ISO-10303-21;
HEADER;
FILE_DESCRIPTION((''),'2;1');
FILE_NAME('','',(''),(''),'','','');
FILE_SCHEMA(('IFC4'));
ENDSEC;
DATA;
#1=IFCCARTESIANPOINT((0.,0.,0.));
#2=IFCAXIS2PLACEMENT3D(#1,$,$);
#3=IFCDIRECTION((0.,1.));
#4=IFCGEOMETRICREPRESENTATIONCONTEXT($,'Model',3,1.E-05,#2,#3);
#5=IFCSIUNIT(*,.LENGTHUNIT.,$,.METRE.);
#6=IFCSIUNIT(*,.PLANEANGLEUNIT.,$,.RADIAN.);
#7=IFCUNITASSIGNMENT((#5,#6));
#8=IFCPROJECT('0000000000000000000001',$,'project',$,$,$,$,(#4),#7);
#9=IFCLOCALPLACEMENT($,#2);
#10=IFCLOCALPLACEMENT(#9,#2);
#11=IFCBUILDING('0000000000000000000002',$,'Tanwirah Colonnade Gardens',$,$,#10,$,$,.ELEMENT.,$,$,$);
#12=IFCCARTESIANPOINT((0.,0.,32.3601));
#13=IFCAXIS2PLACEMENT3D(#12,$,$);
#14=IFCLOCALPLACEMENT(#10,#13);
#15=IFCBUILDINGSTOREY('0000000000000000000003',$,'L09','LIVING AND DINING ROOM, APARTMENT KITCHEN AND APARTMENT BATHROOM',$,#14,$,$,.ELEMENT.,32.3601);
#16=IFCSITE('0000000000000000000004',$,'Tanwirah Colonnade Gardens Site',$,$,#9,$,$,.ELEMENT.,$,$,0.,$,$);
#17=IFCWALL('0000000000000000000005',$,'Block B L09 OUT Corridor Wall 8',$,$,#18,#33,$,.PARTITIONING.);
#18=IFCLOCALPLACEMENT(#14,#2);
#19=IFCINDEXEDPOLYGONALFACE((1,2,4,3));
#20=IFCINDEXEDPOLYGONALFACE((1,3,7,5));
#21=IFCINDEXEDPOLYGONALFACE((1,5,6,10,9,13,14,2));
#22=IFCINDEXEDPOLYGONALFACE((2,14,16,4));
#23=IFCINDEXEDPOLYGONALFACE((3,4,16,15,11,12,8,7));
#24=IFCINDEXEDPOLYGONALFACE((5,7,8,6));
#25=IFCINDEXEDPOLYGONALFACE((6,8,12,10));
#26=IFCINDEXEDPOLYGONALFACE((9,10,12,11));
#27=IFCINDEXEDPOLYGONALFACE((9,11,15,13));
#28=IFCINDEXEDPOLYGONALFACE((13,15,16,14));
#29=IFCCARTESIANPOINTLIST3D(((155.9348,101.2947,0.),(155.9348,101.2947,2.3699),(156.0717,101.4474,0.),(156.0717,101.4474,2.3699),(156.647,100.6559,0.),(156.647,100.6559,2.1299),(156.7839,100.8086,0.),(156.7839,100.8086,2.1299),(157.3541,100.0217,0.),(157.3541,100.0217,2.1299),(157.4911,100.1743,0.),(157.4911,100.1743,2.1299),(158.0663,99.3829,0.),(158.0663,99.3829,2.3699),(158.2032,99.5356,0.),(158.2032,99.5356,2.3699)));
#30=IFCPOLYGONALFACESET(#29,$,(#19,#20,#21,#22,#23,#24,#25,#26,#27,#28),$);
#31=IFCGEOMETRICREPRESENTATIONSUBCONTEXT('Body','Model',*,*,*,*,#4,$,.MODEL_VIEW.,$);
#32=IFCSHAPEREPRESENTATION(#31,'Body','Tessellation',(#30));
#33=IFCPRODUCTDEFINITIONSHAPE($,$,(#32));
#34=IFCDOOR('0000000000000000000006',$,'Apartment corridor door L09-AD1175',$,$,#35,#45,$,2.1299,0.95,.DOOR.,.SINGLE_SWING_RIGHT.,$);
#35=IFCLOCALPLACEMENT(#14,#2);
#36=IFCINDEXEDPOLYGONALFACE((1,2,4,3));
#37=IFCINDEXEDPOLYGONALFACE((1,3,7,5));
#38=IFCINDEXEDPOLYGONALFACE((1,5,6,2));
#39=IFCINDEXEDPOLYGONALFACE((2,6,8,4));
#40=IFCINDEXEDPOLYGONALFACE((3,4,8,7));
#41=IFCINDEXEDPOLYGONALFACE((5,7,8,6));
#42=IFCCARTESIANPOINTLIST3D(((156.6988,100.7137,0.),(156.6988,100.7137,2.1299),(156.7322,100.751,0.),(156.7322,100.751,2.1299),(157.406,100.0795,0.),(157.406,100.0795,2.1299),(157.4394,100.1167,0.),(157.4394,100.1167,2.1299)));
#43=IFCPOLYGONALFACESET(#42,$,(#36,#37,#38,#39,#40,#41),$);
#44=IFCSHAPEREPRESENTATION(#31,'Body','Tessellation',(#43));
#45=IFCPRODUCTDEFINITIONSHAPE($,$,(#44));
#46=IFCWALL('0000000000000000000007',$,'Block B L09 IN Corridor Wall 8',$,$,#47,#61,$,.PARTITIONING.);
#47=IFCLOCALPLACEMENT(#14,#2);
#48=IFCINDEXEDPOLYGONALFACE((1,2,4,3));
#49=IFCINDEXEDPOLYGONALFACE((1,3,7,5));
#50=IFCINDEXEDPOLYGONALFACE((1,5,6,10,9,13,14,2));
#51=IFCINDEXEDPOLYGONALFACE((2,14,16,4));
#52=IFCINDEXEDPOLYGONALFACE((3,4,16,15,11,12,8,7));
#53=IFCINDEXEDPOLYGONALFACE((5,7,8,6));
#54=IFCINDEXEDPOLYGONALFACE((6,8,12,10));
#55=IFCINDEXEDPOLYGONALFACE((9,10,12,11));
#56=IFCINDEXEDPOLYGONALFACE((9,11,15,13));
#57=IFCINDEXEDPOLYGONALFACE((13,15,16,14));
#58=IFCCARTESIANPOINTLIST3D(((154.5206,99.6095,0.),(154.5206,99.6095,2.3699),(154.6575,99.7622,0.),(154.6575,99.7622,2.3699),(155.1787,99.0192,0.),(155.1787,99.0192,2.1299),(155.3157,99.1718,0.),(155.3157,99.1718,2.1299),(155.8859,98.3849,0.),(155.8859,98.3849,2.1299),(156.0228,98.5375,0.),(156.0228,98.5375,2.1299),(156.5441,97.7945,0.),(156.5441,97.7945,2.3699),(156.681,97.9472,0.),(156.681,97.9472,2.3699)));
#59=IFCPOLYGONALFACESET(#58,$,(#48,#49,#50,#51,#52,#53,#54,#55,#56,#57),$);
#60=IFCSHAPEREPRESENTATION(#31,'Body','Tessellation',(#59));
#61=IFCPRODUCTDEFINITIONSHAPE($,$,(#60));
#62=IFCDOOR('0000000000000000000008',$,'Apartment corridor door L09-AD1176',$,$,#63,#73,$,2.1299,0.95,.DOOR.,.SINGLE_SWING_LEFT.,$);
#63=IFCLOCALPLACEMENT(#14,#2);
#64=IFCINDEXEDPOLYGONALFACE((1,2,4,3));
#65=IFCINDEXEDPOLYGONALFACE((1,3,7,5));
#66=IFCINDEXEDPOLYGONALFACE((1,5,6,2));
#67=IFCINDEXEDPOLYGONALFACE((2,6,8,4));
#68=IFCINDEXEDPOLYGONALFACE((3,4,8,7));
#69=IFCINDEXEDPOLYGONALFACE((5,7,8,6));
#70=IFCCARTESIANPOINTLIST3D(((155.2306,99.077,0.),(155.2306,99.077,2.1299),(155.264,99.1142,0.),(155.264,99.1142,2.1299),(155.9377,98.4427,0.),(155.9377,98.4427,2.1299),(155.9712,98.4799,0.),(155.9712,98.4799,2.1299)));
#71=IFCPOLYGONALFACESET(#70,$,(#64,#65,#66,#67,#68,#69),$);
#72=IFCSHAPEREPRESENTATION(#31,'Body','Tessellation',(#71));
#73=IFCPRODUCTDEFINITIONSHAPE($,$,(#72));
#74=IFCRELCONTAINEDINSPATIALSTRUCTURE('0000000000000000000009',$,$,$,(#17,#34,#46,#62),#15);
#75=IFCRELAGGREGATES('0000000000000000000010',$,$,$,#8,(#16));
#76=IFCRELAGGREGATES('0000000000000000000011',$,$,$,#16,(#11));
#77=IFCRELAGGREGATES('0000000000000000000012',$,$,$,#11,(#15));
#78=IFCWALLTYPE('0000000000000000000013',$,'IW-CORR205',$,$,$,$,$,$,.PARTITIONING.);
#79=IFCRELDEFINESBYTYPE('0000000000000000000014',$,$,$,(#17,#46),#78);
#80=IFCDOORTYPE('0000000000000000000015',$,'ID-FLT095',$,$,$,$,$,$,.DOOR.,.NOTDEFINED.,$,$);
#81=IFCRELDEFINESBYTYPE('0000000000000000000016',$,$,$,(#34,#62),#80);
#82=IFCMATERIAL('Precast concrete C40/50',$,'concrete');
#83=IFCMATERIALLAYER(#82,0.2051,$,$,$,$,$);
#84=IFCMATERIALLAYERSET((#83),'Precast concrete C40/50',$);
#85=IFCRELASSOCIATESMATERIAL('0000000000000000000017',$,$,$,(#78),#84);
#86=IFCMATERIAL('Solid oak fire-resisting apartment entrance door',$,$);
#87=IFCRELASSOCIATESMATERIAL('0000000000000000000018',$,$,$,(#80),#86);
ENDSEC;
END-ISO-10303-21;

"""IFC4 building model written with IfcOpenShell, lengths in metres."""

from ifc_helpers import new_model, si_unit, direction, frame, frame_2d, origin, place, context, subcontext, project, spatial, rectangle, extrude, material, layer, layer_set, type_object, element, fill, save


model = new_model("IFC4")

# Units and contexts
model_context = context("Model", 3, precision=1e-05, world=origin(), true_north=direction((0.0, 1.0)))
body_context = subcontext(model_context, "Body", "Model", "MODEL_VIEW")
ifc_project = project(units=[si_unit("LENGTHUNIT", "METRE"), si_unit("PLANEANGLEUNIT", "RADIAN")], contexts=[model_context])

# Site, building, storey
site_placement = place(None, origin())
site = spatial("IfcSite", under=ifc_project, at=site_placement, Name="Tanwirah Colonnade Gardens Site", CompositionType="ELEMENT", RefElevation=0.0)
building_placement = place(site_placement, origin())
building = spatial("IfcBuilding", under=site, at=building_placement, Name="Tanwirah Colonnade Gardens", CompositionType="ELEMENT")
storey_placement = place(building_placement, frame((0.0, 0.0, 32.3601)))
storey = spatial("IfcBuildingStorey", under=building, at=storey_placement, Name="L09", Description="LIVING AND DINING ROOM, APARTMENT KITCHEN AND APARTMENT BATHROOM", CompositionType="ELEMENT", Elevation=32.3601)

# Shared definitions
ifc_material_1 = material(Name="Precast concrete C40/50", Category="concrete")

# Walls, openings, doors
ifc_layer = layer(ifc_material_1, 0.2051)
ifc_layer_set = layer_set([ifc_layer], Name="Precast concrete C40/50")
wall_type = type_object("IfcWallType", Name="IW-CORR205", PredefinedType="PARTITIONING", material=ifc_layer_set)
ifc_material_2 = material(Name="Solid oak fire-resisting apartment entrance door")
wall_1_placement = place(storey_placement, frame((158.1348, 99.4592, 0.0), z_axis=(0.0, 0.0, 1.0), x_axis=(-0.744434, 0.667697, 0.0)))
wall_1 = element("IfcWall", 1, at=wall_1_placement, inside=storey, type_object=wall_type, Name="Block B L09 OUT Corridor Wall 8", PredefinedType="PARTITIONING", context=body_context, shape_type="SweptSolid", body=[
    extrude(rectangle(XDim=2.8633, YDim=0.2051, at=frame_2d((1.4316, 0.0))), origin(), (0.0, 0.0, 1.0), 2.3699),
])
opening_1_placement = place(wall_1_placement, frame((0.9565, 0.0, 0.0)))
opening_1 = element("IfcOpeningElement", 2, at=opening_1_placement, cuts=wall_1, PredefinedType="OPENING", context=body_context, shape_type="SweptSolid", body=[
    extrude(rectangle(XDim=0.95, YDim=2.1299, at=frame_2d((0.4751, 1.0649))), frame((0.0, 0.1125, 0.0), z_axis=(0.0, -1.0, 0.0), x_axis=(1.0, 0.0, 0.0)), (0.0, 0.0, 1.0), 0.2251),
])
door_type_1 = type_object("IfcDoorType", Name="ID-FLT095", OperationType="NOTDEFINED", PredefinedType="DOOR", material=ifc_material_2)
door_1_placement = place(opening_1_placement, origin())
door_1 = element("IfcDoor", 3, at=door_1_placement, inside=storey, type_object=door_type_1, Name="Apartment corridor door L09-AD1175", OperationType="SINGLE_SWING_RIGHT", OverallHeight=2.1299, OverallWidth=0.95, PredefinedType="DOOR", context=body_context, shape_type="SweptSolid", body=[
    extrude(rectangle(XDim=0.95, YDim=2.1299, at=frame_2d((0.4751, 1.0649))), frame((0.0, 0.0249, 0.0), z_axis=(0.0, -1.0, 0.0), x_axis=(1.0, 0.0, 0.0)), (0.0, 0.0, 1.0), 0.05),
])
fill(opening_1, door_1)
wall_2_placement = place(storey_placement, frame((156.6125, 97.8708, 0.0), z_axis=(0.0, 0.0, 1.0), x_axis=(-0.744419, 0.667713, 0.0)))
wall_2 = element("IfcWall", 4, at=wall_2_placement, inside=storey, type_object=wall_type, Name="Block B L09 IN Corridor Wall 8", PredefinedType="PARTITIONING", context=body_context, shape_type="SweptSolid", body=[
    extrude(rectangle(XDim=2.7183, YDim=0.2051, at=frame_2d((1.3591, 0.0))), origin(), (0.0, 0.0, 1.0), 2.3699),
])
opening_2_placement = place(wall_2_placement, frame((0.884, 0.0, 0.0)))
opening_2 = element("IfcOpeningElement", 5, at=opening_2_placement, cuts=wall_2, PredefinedType="OPENING", context=body_context, shape_type="SweptSolid", body=[
    extrude(rectangle(XDim=0.95, YDim=2.1299, at=frame_2d((0.4751, 1.0649))), frame((0.0, 0.1125, 0.0), z_axis=(0.0, -1.0, 0.0), x_axis=(1.0, 0.0, 0.0)), (0.0, 0.0, 1.0), 0.2251),
])
door_2_placement = place(opening_2_placement, origin())
door_2 = element("IfcDoor", 6, at=door_2_placement, inside=storey, type_object=door_type_1, Name="Apartment corridor door L09-AD1176", OperationType="SINGLE_SWING_LEFT", OverallHeight=2.1299, OverallWidth=0.95, PredefinedType="DOOR", context=body_context, shape_type="SweptSolid", body=[
    extrude(rectangle(XDim=0.95, YDim=2.1299, at=frame_2d((0.4751, 1.0649))), frame((0.0, 0.0249, 0.0), z_axis=(0.0, -1.0, 0.0), x_axis=(1.0, 0.0, 0.0)), (0.0, 0.0, 1.0), 0.05),
])
fill(opening_2, door_2)

save(model, "model.ifc")
